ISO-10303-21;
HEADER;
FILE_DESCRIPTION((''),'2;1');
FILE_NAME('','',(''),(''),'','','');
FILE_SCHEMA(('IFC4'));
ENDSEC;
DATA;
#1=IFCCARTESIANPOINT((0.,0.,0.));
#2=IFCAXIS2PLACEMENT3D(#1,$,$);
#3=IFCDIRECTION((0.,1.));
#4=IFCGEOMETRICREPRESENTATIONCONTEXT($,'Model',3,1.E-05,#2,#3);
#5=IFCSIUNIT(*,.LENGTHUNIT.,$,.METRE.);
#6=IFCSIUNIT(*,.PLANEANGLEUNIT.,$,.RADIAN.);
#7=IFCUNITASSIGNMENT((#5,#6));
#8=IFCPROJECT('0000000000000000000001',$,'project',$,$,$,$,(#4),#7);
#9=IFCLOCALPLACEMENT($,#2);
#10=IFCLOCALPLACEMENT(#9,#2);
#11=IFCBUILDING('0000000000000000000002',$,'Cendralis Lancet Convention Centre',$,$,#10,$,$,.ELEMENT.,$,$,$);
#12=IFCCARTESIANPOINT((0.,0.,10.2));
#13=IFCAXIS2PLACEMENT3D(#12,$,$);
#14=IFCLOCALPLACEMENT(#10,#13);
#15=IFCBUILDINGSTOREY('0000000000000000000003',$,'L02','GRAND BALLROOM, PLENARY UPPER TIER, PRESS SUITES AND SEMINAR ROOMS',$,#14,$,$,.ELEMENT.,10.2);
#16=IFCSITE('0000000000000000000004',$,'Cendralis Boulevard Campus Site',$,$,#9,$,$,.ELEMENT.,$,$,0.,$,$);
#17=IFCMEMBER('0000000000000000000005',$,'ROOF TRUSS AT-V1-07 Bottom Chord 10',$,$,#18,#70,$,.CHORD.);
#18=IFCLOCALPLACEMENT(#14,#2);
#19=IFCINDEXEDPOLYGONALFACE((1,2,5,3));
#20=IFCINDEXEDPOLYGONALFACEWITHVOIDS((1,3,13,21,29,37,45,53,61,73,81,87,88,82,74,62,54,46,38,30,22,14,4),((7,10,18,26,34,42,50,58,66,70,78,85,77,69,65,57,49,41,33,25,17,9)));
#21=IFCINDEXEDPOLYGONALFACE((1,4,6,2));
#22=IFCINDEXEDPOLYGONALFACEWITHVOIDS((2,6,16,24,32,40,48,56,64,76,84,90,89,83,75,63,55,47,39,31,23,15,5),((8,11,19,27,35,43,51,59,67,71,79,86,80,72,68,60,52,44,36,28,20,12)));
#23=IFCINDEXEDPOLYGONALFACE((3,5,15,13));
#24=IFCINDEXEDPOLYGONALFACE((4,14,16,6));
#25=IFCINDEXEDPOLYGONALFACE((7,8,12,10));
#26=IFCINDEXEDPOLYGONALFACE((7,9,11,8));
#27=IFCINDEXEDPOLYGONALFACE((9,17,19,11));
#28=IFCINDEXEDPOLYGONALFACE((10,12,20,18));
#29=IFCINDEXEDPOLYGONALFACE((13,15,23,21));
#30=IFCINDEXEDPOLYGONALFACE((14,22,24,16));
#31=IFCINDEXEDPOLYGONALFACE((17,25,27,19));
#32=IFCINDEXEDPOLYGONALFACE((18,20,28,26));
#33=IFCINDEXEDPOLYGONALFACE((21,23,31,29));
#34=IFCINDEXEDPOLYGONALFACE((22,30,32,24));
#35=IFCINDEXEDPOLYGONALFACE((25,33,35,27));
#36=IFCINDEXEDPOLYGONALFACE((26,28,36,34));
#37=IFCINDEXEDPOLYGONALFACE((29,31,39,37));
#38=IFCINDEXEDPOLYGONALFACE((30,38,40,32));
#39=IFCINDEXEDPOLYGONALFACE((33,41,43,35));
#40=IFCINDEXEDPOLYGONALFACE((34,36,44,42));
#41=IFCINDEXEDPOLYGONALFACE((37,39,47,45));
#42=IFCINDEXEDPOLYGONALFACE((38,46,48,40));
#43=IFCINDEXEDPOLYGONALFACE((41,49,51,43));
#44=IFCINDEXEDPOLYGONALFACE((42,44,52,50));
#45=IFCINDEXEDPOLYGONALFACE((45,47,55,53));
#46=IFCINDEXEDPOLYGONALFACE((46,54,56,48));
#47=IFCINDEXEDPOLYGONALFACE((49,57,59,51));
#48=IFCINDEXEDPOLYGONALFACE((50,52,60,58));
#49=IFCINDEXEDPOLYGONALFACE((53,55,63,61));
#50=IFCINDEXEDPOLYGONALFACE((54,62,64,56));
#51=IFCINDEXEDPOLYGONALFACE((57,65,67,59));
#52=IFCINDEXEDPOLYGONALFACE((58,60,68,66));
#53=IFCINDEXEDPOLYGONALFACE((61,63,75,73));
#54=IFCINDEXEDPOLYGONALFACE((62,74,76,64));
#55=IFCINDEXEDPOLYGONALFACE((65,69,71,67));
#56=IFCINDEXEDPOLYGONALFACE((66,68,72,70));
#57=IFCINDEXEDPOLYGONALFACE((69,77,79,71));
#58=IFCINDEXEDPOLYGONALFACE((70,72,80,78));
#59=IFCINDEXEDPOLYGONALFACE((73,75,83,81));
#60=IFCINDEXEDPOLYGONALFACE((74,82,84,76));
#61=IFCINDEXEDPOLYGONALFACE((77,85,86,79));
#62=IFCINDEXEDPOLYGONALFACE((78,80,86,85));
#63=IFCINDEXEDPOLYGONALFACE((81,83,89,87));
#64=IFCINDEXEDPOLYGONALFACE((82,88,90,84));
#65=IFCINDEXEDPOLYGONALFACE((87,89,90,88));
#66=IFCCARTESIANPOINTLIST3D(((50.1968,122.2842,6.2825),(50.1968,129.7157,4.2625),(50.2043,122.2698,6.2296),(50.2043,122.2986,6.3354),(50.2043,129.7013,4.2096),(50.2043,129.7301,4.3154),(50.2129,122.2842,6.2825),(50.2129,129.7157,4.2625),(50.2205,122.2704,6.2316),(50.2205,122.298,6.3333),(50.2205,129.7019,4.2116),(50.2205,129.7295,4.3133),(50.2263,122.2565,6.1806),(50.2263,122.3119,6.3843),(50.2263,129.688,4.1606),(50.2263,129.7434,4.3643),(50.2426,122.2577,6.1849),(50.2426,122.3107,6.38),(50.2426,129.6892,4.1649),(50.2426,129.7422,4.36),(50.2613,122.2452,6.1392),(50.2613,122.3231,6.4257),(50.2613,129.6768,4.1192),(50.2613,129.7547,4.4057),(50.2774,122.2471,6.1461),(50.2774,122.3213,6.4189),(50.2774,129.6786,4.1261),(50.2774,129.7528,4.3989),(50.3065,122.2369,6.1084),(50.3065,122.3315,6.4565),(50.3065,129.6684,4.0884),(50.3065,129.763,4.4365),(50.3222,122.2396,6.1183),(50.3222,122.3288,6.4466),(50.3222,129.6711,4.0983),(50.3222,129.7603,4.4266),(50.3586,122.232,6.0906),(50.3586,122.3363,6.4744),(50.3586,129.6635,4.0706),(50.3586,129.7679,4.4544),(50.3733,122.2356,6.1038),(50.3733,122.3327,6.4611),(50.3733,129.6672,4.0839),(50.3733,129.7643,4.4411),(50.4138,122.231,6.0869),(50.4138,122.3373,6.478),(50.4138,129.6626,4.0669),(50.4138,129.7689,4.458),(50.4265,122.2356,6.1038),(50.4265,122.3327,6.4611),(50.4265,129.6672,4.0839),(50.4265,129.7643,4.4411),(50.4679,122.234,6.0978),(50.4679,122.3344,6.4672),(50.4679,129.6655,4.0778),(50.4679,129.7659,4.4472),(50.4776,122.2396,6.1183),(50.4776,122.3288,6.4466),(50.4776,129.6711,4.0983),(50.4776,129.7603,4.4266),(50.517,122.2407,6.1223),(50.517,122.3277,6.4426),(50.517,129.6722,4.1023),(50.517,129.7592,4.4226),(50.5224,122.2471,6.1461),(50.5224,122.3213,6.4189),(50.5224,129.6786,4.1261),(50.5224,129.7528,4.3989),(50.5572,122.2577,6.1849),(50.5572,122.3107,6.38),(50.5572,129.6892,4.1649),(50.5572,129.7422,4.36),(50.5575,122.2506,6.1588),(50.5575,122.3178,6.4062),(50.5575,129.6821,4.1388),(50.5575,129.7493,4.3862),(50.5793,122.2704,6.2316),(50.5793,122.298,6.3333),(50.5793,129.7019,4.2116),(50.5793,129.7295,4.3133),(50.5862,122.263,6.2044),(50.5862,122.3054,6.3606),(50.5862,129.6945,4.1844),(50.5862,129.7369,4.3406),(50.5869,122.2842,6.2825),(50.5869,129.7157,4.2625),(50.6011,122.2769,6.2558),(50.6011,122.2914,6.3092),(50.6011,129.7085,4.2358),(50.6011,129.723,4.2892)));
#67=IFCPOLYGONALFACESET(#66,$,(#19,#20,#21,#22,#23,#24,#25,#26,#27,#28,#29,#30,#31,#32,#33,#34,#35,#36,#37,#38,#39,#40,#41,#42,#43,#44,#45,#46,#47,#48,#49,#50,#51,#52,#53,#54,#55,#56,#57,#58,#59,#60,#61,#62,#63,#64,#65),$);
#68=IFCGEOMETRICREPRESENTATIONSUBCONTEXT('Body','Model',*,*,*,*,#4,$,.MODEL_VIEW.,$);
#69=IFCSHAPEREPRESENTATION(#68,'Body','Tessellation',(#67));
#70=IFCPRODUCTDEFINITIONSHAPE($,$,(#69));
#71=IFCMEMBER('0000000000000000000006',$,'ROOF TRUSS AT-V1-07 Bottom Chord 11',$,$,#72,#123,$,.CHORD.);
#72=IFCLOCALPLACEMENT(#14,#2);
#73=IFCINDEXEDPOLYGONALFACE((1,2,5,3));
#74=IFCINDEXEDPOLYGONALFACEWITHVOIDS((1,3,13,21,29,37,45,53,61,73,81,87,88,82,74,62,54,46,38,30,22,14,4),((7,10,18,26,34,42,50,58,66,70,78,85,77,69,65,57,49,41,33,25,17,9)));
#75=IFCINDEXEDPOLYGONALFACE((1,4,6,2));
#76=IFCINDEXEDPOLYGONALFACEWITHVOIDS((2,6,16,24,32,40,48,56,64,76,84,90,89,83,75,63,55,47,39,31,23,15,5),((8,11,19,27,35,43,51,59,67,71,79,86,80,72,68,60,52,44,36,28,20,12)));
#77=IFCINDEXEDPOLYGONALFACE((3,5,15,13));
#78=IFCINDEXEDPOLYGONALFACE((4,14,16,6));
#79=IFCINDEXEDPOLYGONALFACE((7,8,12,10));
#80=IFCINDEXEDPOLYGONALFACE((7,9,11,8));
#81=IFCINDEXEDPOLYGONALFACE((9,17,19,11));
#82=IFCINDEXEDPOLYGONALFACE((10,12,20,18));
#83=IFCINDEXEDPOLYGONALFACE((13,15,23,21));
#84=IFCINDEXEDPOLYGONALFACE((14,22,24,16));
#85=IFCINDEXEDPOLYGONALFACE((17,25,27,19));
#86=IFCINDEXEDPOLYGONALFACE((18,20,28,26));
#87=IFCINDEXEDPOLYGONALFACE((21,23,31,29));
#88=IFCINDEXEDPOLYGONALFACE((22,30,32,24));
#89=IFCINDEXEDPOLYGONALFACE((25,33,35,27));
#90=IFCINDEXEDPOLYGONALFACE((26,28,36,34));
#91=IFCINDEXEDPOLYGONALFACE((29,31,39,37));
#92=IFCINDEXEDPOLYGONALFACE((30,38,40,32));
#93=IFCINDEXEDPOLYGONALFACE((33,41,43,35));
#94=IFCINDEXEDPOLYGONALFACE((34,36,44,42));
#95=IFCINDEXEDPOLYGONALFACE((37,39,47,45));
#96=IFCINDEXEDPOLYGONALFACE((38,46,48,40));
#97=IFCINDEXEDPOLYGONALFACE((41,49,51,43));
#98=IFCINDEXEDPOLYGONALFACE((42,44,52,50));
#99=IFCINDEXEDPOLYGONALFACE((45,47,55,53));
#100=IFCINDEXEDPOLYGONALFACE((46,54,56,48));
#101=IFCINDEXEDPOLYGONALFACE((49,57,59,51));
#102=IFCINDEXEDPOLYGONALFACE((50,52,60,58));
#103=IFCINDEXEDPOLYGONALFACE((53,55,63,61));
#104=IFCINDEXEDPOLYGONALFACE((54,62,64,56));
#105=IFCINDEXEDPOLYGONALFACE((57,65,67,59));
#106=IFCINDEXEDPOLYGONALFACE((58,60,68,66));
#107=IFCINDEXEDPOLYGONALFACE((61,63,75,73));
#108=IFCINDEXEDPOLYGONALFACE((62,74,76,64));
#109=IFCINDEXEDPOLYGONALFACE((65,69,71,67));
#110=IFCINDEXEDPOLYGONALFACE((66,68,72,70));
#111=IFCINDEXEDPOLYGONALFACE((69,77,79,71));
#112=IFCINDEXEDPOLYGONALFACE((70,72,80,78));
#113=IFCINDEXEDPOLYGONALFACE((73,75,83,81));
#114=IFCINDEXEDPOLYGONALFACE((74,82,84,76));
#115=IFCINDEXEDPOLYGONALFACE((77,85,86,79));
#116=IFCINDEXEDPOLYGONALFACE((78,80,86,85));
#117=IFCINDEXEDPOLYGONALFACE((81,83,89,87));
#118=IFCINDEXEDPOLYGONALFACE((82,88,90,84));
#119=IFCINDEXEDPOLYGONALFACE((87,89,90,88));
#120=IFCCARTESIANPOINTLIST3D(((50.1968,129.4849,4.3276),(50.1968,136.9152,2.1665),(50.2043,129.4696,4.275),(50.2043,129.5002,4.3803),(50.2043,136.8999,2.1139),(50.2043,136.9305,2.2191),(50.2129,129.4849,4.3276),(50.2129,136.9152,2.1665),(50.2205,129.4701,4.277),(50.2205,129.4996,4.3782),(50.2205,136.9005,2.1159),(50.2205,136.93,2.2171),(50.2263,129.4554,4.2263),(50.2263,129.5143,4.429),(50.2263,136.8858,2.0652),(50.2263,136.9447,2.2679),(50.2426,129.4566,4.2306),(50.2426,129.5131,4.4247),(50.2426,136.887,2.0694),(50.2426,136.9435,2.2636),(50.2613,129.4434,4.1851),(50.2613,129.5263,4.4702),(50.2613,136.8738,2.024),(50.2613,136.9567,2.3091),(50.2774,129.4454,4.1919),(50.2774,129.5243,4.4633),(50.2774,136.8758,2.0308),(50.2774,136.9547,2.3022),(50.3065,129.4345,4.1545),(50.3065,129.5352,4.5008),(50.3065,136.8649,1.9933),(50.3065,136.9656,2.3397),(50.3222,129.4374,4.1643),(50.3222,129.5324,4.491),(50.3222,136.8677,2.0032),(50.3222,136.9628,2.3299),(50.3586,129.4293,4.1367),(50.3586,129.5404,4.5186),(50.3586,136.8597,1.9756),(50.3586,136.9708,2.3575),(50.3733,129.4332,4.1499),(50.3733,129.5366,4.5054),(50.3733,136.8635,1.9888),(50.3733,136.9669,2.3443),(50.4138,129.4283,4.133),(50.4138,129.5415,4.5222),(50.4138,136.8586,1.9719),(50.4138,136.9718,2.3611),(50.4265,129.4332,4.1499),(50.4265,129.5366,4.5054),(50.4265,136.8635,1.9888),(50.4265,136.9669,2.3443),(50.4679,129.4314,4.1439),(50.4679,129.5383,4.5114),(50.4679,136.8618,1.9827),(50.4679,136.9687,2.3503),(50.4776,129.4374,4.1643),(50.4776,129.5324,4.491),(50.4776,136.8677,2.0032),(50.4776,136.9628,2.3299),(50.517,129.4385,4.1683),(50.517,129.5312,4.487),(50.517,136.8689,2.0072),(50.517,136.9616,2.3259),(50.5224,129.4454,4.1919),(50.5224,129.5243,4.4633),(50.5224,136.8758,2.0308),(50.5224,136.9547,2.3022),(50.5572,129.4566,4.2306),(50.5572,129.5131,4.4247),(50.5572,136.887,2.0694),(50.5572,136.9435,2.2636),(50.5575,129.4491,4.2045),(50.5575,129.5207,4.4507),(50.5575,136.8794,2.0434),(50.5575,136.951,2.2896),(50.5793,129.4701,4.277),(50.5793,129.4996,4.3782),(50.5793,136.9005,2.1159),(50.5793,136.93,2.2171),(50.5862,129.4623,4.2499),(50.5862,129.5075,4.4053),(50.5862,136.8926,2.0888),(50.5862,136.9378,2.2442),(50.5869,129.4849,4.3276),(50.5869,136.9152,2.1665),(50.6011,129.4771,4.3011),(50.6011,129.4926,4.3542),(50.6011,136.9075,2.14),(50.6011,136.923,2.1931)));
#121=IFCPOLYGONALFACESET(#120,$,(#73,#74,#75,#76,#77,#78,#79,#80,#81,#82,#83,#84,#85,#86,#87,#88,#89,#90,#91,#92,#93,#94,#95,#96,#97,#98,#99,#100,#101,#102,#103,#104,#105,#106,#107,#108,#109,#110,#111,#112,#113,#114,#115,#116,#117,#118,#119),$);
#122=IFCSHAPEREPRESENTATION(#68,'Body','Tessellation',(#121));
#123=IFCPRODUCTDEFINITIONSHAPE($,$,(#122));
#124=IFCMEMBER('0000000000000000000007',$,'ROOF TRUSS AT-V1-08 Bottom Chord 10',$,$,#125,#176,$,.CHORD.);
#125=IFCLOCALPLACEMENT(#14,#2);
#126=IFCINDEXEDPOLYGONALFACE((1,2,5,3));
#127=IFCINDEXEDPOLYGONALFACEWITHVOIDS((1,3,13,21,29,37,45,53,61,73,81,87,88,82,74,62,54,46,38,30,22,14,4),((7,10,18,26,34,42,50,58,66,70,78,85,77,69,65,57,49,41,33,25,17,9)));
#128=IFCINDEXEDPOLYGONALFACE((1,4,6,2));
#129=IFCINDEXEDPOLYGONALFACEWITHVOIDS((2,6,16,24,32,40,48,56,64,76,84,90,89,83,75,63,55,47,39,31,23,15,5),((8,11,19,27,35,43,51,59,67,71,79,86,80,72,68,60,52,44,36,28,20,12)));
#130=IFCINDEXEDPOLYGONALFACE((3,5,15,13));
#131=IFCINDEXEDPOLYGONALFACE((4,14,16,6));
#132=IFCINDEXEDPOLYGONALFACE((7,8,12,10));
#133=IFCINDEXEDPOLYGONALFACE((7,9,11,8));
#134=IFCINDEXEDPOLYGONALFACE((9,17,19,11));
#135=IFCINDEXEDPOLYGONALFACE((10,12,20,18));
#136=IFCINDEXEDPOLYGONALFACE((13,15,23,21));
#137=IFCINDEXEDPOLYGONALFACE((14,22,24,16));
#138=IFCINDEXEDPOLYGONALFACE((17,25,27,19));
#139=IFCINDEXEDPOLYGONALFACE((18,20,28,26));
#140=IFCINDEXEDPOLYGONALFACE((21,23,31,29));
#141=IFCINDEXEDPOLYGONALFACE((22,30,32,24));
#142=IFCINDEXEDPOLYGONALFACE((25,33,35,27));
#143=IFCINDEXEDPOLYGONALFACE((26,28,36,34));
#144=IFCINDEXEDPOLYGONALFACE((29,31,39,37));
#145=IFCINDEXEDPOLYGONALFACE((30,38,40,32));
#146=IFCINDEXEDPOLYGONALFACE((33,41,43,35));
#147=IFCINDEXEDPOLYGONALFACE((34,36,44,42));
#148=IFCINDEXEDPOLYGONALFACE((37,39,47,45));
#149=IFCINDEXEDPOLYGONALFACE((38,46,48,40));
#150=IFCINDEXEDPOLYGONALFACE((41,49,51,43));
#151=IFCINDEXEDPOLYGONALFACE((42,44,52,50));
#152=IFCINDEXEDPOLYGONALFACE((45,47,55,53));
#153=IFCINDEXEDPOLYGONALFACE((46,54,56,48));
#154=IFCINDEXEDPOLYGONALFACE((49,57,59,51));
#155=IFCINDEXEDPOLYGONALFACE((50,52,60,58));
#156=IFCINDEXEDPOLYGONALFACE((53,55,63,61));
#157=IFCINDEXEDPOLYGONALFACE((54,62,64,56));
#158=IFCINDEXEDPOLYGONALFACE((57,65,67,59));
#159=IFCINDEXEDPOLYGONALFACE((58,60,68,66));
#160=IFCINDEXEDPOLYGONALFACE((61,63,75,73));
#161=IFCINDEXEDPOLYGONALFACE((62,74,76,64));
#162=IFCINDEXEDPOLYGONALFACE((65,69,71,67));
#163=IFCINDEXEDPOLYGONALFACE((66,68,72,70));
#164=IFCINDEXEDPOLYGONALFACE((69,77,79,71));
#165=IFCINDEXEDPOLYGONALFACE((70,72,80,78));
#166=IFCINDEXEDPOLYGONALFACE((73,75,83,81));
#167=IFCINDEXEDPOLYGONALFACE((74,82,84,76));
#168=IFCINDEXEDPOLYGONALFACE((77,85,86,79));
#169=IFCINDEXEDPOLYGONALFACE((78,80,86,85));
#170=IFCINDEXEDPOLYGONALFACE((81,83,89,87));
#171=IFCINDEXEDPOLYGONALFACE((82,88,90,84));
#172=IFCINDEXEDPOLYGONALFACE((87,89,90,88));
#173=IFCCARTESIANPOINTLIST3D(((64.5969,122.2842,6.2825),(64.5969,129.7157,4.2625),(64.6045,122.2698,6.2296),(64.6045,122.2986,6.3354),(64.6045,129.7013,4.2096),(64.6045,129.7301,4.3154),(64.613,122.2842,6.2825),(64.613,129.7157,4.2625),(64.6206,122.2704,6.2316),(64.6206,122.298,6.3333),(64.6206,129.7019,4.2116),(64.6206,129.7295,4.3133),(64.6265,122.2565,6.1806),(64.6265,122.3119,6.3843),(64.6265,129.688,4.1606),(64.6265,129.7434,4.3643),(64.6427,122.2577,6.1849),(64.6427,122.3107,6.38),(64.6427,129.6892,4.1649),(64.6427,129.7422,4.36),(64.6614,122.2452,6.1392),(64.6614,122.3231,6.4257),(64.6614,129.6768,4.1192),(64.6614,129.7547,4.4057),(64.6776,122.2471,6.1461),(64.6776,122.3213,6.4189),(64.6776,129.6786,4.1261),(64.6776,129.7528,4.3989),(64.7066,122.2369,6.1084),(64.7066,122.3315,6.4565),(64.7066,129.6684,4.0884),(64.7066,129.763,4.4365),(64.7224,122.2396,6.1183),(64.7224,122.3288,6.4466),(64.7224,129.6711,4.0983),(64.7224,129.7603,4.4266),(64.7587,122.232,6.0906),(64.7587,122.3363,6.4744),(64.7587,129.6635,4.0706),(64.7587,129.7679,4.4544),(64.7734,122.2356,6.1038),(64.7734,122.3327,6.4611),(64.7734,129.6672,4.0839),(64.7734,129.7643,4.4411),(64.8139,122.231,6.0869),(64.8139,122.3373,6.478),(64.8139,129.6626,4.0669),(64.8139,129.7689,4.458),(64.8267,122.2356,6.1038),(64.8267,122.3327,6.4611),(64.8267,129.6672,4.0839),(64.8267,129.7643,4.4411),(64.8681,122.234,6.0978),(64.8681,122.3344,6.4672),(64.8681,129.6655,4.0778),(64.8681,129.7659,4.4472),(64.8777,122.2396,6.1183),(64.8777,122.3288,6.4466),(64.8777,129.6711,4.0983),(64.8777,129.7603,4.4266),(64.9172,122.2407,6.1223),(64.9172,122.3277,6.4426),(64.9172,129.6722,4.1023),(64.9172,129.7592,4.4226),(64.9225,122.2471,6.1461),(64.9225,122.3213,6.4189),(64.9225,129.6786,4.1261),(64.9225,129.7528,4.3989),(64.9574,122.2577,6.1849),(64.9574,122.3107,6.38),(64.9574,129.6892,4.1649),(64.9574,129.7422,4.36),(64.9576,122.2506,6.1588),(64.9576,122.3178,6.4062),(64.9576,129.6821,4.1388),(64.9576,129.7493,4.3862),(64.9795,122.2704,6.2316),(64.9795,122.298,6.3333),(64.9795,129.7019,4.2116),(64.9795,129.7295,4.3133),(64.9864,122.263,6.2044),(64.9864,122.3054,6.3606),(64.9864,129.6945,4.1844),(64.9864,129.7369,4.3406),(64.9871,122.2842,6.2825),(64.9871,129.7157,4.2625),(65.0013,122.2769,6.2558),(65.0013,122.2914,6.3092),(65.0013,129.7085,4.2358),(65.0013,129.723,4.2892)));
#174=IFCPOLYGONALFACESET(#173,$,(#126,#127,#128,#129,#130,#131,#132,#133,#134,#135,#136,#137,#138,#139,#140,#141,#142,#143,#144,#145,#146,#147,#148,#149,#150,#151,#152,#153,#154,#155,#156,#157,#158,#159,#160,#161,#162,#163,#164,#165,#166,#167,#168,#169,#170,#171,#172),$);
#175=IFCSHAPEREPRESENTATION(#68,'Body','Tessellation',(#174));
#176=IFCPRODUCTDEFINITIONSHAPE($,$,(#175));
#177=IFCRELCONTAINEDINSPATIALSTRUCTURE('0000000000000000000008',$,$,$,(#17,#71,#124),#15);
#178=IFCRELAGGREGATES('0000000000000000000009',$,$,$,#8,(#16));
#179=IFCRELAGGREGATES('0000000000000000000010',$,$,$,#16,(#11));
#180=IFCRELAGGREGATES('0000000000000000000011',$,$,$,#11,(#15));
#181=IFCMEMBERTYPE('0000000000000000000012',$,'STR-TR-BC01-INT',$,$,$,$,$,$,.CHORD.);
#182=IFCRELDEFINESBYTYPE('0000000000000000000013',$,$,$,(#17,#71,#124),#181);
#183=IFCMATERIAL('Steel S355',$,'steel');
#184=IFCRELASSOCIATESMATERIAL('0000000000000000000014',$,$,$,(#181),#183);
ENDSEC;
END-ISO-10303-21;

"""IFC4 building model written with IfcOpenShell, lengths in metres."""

from ifc_helpers import new_model, si_unit, direction, frame, origin, origin_2d, place, context, subcontext, project, spatial, hollow_circle, extrude, material, material_profile, profile_set, type_object, element, save


model = new_model("IFC4")

# Units and contexts
model_context = context("Model", 3, precision=1e-05, world=origin(), true_north=direction((0.0, 1.0)))
body_context = subcontext(model_context, "Body", "Model", "MODEL_VIEW")
ifc_project = project(units=[si_unit("LENGTHUNIT", "METRE"), si_unit("PLANEANGLEUNIT", "RADIAN")], contexts=[model_context])

# Site, building, storey
site_placement = place(None, origin())
site = spatial("IfcSite", under=ifc_project, at=site_placement, Name="Cendralis Boulevard Campus Site", CompositionType="ELEMENT", RefElevation=0.0)
building_placement = place(site_placement, origin())
building = spatial("IfcBuilding", under=site, at=building_placement, Name="Cendralis Lancet Convention Centre", CompositionType="ELEMENT")
storey_placement = place(building_placement, frame((0.0, 0.0, 10.2)))
storey = spatial("IfcBuildingStorey", under=building, at=storey_placement, Name="L02", Description="GRAND BALLROOM, PLENARY UPPER TIER, PRESS SUITES AND SEMINAR ROOMS", CompositionType="ELEMENT", Elevation=10.2)

# Members
ifc_material_1 = material(Name="Steel S355", Category="steel")
ifc_material_profile_1 = material_profile(ifc_material_1, hollow_circle(Radius=0.2031, WallThickness=0.0161, at=origin_2d()), Name="CHS 406.4x16.0")
ifc_profile_set_1 = profile_set([ifc_material_profile_1], Name="Steel S355")
member_type_1 = type_object("IfcMemberType", Name="STR-TR-BC01-INT", PredefinedType="CHORD", material=ifc_profile_set_1)
member_1_placement = place(storey_placement, frame((50.3999, 122.2842, 6.2825), z_axis=(0.0, 0.964987, -0.262296), x_axis=(-1.0, 0.0, 0.0)))
element("IfcMember", 1, at=member_1_placement, inside=storey, type_object=member_type_1, Name="ROOF TRUSS AT-V1-07 Bottom Chord 10", PredefinedType="CHORD", context=body_context, shape_type="SweptSolid", body=[
    extrude(hollow_circle(Radius=0.2031, WallThickness=0.0161, at=origin_2d()), origin(), (0.0, 0.0, 1.0), 7.7012),
])
member_2_placement = place(storey_placement, frame((50.3999, 129.4849, 4.3276), z_axis=(0.0, 0.960211, -0.279277), x_axis=(-1.0, 0.0, 0.0)))
element("IfcMember", 2, at=member_2_placement, inside=storey, type_object=member_type_1, Name="ROOF TRUSS AT-V1-07 Bottom Chord 11", PredefinedType="CHORD", context=body_context, shape_type="SweptSolid", body=[
    extrude(hollow_circle(Radius=0.2031, WallThickness=0.0161, at=origin_2d()), origin(), (0.0, 0.0, 1.0), 7.7383),
])
member_3_placement = place(storey_placement, frame((64.8, 122.2842, 6.2825), z_axis=(0.0, 0.964987, -0.262296), x_axis=(-1.0, 0.0, 0.0)))
element("IfcMember", 3, at=member_3_placement, inside=storey, type_object=member_type_1, Name="ROOF TRUSS AT-V1-08 Bottom Chord 10", PredefinedType="CHORD", context=body_context, shape_type="SweptSolid", body=[
    extrude(hollow_circle(Radius=0.2031, WallThickness=0.0161, at=origin_2d()), origin(), (0.0, 0.0, 1.0), 7.7012),
])

save(model, "model.ifc")
